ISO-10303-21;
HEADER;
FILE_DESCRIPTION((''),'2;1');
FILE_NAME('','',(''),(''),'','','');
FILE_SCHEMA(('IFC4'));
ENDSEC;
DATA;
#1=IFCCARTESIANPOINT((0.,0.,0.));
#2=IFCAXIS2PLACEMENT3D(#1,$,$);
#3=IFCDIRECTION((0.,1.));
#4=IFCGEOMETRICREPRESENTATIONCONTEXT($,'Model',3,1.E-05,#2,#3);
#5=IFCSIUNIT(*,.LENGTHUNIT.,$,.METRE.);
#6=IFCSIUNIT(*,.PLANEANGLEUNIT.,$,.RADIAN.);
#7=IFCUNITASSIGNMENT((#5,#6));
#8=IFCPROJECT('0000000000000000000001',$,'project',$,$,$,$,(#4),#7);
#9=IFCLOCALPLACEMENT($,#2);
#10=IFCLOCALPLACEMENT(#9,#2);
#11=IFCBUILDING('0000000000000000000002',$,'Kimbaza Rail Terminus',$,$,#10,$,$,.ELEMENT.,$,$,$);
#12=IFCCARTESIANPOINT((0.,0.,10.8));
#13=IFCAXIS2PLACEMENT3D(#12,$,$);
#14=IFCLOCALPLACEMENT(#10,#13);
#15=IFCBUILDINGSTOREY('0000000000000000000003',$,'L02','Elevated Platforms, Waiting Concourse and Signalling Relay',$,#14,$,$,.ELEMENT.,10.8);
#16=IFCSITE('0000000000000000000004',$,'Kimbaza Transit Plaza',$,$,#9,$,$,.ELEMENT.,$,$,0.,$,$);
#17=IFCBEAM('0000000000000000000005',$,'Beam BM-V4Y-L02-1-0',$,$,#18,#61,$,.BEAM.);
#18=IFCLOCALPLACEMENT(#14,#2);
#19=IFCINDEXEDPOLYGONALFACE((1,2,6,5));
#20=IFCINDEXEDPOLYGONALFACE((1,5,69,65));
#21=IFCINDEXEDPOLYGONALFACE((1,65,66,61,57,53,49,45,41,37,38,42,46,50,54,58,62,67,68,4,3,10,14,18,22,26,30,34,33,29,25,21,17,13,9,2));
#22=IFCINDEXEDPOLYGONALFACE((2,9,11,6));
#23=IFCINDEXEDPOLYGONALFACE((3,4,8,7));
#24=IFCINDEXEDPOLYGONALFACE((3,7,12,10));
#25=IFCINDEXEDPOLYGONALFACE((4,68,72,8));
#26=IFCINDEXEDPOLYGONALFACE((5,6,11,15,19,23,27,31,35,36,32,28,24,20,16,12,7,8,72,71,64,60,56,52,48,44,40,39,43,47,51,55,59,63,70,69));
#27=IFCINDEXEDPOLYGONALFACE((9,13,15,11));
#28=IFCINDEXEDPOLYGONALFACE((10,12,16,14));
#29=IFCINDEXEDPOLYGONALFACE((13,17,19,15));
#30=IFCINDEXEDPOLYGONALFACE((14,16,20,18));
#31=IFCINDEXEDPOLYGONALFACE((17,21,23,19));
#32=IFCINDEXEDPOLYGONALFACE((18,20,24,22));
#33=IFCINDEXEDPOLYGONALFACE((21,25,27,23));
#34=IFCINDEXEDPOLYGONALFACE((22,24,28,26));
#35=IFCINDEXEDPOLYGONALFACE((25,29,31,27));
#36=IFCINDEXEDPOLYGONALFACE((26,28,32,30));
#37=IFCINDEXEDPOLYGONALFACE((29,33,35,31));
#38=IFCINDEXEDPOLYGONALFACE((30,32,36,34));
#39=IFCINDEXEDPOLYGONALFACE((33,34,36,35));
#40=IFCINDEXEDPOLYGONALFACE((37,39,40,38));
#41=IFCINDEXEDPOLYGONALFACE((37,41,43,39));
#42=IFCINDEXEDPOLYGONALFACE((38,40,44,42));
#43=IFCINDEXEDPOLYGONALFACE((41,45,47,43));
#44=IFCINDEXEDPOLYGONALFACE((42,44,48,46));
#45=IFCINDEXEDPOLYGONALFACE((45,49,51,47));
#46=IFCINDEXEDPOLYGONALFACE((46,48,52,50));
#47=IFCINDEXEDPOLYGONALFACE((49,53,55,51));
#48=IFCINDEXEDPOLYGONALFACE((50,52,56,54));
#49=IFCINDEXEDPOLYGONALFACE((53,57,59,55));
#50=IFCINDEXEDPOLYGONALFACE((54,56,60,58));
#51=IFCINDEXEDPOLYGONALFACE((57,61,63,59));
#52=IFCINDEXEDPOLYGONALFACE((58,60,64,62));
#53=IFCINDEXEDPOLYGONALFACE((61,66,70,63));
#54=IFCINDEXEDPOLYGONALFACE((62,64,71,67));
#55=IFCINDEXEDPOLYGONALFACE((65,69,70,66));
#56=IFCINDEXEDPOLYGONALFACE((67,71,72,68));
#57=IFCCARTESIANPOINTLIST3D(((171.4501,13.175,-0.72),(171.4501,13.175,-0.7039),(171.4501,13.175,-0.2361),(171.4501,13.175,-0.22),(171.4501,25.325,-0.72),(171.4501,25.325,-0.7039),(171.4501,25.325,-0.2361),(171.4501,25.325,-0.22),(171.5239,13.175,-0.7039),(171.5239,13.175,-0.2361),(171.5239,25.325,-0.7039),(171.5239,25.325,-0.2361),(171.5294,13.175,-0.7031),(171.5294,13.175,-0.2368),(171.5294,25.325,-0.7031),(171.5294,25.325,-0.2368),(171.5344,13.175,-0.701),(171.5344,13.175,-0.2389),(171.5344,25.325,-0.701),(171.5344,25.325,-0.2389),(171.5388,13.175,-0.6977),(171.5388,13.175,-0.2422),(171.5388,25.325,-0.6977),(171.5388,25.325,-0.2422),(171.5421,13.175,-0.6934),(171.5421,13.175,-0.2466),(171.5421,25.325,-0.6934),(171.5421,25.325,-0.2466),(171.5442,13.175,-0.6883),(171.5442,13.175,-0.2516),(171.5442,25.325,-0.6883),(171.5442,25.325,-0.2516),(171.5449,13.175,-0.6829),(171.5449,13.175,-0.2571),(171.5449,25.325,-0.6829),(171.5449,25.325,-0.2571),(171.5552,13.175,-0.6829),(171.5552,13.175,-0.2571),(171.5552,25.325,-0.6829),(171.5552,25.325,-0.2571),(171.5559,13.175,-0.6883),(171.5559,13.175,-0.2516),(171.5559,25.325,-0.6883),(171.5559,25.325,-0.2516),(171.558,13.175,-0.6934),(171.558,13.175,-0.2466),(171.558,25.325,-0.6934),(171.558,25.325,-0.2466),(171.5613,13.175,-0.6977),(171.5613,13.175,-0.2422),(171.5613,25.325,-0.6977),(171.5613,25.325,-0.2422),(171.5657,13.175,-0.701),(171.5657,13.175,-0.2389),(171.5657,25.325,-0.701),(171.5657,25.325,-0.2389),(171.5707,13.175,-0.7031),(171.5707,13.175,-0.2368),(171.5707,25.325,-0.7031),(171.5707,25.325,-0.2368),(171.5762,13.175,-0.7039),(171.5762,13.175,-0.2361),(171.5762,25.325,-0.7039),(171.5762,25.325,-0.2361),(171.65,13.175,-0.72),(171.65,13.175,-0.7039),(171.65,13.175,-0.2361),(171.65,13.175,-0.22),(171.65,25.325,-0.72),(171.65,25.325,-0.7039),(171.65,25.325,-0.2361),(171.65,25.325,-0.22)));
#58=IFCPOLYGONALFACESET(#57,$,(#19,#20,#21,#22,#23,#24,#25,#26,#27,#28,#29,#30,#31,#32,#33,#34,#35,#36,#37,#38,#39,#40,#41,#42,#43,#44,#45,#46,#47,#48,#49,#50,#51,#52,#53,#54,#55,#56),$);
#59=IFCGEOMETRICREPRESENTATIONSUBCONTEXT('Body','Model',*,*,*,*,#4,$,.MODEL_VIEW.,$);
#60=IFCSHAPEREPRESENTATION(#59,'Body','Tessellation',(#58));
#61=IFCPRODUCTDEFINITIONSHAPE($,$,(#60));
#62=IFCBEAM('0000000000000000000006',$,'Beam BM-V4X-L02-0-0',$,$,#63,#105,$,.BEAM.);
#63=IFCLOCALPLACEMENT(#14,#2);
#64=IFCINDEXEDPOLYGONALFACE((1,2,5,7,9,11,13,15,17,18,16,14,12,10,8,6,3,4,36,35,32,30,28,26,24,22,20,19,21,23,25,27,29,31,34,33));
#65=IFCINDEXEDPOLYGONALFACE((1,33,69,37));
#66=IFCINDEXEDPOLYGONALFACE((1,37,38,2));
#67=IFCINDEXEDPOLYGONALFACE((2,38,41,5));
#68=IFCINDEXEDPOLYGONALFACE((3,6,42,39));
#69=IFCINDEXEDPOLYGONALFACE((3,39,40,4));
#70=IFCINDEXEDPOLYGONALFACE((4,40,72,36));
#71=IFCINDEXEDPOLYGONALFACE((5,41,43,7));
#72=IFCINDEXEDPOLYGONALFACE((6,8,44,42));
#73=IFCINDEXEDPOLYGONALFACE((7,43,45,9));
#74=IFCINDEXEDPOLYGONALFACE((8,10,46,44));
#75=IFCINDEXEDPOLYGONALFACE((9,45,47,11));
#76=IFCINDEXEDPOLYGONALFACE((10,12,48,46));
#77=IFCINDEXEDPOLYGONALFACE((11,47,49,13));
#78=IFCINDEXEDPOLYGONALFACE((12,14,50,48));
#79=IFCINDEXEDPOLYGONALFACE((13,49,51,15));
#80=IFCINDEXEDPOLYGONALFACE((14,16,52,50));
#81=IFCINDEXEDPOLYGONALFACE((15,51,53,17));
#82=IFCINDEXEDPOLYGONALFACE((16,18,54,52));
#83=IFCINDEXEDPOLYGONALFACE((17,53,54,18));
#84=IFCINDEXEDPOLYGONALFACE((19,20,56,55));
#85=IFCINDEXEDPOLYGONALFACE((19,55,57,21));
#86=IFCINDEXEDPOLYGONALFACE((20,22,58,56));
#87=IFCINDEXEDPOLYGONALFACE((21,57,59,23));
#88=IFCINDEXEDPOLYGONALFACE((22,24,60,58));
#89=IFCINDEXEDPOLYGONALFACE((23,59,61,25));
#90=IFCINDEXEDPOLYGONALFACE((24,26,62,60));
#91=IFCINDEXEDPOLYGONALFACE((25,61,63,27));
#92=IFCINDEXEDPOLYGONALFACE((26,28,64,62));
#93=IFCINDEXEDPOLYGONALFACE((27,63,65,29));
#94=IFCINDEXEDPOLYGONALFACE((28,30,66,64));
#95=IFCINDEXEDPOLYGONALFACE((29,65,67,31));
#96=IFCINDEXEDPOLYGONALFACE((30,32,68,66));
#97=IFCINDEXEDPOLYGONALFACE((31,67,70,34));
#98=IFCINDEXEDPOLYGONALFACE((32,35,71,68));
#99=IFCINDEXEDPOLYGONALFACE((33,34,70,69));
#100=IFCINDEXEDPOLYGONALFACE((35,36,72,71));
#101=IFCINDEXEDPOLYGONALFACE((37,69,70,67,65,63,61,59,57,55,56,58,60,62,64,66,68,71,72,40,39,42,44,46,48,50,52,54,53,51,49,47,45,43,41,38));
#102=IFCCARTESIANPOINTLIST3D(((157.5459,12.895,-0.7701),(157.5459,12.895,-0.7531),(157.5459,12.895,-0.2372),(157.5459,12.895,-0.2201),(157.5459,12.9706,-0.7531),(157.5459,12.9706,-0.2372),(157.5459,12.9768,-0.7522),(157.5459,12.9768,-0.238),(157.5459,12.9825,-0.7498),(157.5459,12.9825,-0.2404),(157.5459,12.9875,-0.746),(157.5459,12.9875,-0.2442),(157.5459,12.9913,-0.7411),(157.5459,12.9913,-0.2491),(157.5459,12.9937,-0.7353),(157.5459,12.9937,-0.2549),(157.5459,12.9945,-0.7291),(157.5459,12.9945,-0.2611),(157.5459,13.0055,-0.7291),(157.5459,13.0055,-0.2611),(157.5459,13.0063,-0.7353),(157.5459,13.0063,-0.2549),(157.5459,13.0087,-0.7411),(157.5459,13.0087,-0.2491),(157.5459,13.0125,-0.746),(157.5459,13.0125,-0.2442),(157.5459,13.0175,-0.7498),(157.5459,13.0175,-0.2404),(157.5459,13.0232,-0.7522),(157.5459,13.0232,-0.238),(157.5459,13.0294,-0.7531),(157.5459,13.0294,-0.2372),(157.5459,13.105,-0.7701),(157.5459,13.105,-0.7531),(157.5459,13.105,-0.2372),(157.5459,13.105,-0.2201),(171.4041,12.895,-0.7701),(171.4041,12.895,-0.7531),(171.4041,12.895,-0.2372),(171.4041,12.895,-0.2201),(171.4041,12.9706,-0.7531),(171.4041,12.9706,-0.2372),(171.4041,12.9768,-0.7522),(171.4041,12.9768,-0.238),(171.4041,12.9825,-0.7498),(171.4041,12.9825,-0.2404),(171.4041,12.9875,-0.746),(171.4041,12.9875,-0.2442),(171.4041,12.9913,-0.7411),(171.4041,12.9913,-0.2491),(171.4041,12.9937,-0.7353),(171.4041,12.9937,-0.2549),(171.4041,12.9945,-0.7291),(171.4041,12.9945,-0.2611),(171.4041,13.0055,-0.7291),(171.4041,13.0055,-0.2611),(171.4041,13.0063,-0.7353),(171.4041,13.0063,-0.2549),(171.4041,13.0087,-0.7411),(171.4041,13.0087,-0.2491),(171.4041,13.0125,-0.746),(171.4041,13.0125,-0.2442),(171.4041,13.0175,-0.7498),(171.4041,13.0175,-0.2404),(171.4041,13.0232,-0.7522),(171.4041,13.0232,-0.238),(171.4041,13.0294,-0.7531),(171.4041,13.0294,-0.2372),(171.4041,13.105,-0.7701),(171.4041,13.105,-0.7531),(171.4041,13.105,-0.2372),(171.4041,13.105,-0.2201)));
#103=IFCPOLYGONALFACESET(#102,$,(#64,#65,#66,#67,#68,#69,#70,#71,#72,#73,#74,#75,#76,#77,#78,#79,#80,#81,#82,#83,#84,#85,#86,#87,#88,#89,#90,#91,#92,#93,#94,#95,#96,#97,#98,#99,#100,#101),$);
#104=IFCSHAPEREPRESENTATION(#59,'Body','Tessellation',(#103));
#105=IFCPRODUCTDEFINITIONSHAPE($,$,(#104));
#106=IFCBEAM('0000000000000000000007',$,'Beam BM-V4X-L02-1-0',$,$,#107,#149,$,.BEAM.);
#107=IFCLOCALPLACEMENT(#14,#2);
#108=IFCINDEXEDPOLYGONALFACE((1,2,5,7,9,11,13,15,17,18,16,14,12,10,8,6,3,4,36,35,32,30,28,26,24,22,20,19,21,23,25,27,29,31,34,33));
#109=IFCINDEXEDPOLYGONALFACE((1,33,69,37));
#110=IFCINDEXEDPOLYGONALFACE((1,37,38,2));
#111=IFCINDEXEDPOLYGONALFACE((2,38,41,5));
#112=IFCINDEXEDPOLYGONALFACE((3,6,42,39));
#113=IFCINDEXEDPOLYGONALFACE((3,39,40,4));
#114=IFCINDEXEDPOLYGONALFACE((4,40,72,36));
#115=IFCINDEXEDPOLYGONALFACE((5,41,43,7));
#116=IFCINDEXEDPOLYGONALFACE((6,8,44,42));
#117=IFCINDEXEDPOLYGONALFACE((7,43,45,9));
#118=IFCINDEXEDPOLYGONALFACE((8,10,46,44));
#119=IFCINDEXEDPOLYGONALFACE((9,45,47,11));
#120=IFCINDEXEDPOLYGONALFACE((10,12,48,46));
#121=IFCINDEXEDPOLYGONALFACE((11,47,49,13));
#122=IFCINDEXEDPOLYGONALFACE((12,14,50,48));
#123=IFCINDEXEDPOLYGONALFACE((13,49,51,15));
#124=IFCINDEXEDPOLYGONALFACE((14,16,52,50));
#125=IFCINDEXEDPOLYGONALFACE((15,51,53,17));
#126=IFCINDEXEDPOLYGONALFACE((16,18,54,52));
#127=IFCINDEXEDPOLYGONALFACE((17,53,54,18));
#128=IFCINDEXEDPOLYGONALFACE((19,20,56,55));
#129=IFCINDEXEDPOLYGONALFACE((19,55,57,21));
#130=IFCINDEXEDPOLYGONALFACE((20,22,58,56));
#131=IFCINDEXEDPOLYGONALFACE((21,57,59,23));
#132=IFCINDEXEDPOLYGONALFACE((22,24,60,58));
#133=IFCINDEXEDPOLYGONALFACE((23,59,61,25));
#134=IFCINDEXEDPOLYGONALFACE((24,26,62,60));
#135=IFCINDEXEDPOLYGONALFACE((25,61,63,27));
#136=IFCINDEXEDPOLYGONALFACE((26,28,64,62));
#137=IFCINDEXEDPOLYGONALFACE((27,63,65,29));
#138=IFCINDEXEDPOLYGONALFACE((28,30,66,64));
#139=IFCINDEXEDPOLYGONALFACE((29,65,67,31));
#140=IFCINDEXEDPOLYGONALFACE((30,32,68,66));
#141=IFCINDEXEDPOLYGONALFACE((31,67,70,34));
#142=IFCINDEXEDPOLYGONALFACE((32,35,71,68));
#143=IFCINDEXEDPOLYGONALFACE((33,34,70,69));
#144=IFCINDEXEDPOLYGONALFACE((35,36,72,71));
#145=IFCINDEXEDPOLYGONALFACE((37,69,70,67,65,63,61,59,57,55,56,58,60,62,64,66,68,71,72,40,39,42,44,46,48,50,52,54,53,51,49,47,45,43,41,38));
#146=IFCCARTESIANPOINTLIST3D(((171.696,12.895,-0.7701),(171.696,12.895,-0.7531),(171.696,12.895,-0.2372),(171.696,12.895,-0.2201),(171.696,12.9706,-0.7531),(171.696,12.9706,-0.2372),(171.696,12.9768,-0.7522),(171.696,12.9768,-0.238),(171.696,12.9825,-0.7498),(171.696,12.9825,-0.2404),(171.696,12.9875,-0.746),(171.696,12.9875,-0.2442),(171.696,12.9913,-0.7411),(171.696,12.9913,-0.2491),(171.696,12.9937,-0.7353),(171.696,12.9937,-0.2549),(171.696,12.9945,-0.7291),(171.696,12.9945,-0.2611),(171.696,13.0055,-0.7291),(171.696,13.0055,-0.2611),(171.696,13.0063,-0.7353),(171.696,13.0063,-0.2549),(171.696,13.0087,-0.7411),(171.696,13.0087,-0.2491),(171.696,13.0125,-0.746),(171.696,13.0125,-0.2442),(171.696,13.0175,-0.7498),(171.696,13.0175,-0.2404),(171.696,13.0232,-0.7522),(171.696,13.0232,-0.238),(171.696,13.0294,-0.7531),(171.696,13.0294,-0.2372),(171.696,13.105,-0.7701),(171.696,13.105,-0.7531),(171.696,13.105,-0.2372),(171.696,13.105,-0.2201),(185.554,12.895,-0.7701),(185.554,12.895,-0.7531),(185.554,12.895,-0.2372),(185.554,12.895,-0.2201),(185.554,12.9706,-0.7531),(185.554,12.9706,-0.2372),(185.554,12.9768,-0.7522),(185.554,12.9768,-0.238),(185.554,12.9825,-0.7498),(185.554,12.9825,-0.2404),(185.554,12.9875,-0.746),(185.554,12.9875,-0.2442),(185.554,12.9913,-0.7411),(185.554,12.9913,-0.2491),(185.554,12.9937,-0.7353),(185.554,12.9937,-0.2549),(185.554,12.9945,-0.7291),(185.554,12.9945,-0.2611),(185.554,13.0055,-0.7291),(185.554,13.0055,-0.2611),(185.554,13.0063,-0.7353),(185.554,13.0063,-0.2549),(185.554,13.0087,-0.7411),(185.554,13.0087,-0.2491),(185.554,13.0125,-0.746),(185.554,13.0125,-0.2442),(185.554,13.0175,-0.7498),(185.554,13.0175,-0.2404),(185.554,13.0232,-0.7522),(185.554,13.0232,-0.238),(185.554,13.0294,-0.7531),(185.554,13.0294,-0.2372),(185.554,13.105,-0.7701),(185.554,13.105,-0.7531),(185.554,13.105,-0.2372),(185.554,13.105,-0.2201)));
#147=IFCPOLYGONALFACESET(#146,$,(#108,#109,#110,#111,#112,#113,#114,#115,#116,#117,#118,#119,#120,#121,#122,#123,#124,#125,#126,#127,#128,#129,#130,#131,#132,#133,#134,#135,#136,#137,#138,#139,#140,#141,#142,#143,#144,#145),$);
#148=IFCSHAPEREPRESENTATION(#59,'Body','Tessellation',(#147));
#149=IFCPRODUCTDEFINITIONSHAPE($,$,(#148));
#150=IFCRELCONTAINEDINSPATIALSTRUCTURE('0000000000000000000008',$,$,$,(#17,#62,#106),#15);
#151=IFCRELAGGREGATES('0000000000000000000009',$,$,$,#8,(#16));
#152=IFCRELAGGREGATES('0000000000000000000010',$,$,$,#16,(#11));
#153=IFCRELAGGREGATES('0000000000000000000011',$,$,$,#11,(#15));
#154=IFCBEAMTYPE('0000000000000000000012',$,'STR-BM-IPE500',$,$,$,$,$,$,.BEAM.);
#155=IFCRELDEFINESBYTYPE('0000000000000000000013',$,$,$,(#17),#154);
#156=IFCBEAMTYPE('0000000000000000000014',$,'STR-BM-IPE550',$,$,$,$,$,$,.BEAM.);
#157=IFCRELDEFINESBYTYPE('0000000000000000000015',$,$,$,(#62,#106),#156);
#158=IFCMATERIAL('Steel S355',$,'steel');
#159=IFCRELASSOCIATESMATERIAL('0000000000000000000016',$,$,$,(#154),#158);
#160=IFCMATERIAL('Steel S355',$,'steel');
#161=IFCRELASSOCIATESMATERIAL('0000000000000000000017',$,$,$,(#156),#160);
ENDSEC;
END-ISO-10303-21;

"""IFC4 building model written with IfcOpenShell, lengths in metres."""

from ifc_helpers import new_model, si_unit, direction, frame, origin, origin_2d, place, context, subcontext, project, spatial, i_section, extrude, material, material_profile, profile_set, type_object, element, save


model = new_model("IFC4")

# Units and contexts
model_context = context("Model", 3, precision=1e-05, world=origin(), true_north=direction((0.0, 1.0)))
body_context = subcontext(model_context, "Body", "Model", "MODEL_VIEW")
ifc_project = project(units=[si_unit("LENGTHUNIT", "METRE"), si_unit("PLANEANGLEUNIT", "RADIAN")], contexts=[model_context])

# Site, building, storey
site_placement = place(None, origin())
site = spatial("IfcSite", under=ifc_project, at=site_placement, Name="Kimbaza Transit Plaza", CompositionType="ELEMENT", RefElevation=0.0)
building_placement = place(site_placement, origin())
building = spatial("IfcBuilding", under=site, at=building_placement, Name="Kimbaza Rail Terminus", CompositionType="ELEMENT")
storey_placement = place(building_placement, frame((0.0, 0.0, 10.8)))
storey = spatial("IfcBuildingStorey", under=building, at=storey_placement, Name="L02", Description="Elevated Platforms, Waiting Concourse and Signalling Relay", CompositionType="ELEMENT", Elevation=10.8)

# Beams
ifc_material_1 = material(Name="Steel S355", Category="steel")
ifc_material_profile_1 = material_profile(ifc_material_1, i_section(OverallWidth=0.2, OverallDepth=0.5, WebThickness=0.0103, FlangeThickness=0.0161, FilletRadius=0.021, at=origin_2d()), Name="IPE 500")
ifc_profile_set_1 = profile_set([ifc_material_profile_1], Name="Steel S355")
beam_type_1 = type_object("IfcBeamType", Name="STR-BM-IPE500", PredefinedType="BEAM", material=ifc_profile_set_1)
for number, where, z_axis, x_axis, name in (
    (1, (171.55, 13.175, -0.47), (0.0, 1.0, 0.0), (-1.0, 0.0, 0.0), "Beam BM-V4Y-L02-1-0"),
):
    element("IfcBeam", number, at=place(storey_placement, frame(where, z_axis=z_axis, x_axis=x_axis)), inside=storey, type_object=beam_type_1, Name=name, PredefinedType="BEAM", context=body_context, shape_type="SweptSolid", body=[
        extrude(i_section(OverallWidth=0.2, OverallDepth=0.5, WebThickness=0.0103, FlangeThickness=0.0161, FilletRadius=0.021, at=origin_2d()), origin(), (0.0, 0.0, 1.0), 12.1499),
    ])
ifc_material_2 = material(Name="Steel S355", Category="steel")
ifc_material_profile_2 = material_profile(ifc_material_2, i_section(OverallWidth=0.21, OverallDepth=0.55, WebThickness=0.011, FlangeThickness=0.0171, FilletRadius=0.0239, at=origin_2d()), Name="IPE 550")
ifc_profile_set_2 = profile_set([ifc_material_profile_2], Name="Steel S355")
beam_type_2 = type_object("IfcBeamType", Name="STR-BM-IPE550", PredefinedType="BEAM", material=ifc_profile_set_2)
beam_1_placement = place(storey_placement, frame((157.5459, 13.0, -0.4951), z_axis=(1.0, 0.0, 0.0), x_axis=(0.0, 1.0, 0.0)))
element("IfcBeam", 2, at=beam_1_placement, inside=storey, type_object=beam_type_2, Name="Beam BM-V4X-L02-0-0", PredefinedType="BEAM", context=body_context, shape_type="SweptSolid", body=[
    extrude(i_section(OverallWidth=0.21, OverallDepth=0.55, WebThickness=0.011, FlangeThickness=0.0171, FilletRadius=0.0239, at=origin_2d()), origin(), (0.0, 0.0, 1.0), 13.8582),
])
beam_2_placement = place(storey_placement, frame((171.696, 13.0, -0.4951), z_axis=(1.0, 0.0, 0.0), x_axis=(0.0, 1.0, 0.0)))
element("IfcBeam", 3, at=beam_2_placement, inside=storey, type_object=beam_type_2, Name="Beam BM-V4X-L02-1-0", PredefinedType="BEAM", context=body_context, shape_type="SweptSolid", body=[
    extrude(i_section(OverallWidth=0.21, OverallDepth=0.55, WebThickness=0.011, FlangeThickness=0.0171, FilletRadius=0.0239, at=origin_2d()), origin(), (0.0, 0.0, 1.0), 13.8579),
])

save(model, "model.ifc")
